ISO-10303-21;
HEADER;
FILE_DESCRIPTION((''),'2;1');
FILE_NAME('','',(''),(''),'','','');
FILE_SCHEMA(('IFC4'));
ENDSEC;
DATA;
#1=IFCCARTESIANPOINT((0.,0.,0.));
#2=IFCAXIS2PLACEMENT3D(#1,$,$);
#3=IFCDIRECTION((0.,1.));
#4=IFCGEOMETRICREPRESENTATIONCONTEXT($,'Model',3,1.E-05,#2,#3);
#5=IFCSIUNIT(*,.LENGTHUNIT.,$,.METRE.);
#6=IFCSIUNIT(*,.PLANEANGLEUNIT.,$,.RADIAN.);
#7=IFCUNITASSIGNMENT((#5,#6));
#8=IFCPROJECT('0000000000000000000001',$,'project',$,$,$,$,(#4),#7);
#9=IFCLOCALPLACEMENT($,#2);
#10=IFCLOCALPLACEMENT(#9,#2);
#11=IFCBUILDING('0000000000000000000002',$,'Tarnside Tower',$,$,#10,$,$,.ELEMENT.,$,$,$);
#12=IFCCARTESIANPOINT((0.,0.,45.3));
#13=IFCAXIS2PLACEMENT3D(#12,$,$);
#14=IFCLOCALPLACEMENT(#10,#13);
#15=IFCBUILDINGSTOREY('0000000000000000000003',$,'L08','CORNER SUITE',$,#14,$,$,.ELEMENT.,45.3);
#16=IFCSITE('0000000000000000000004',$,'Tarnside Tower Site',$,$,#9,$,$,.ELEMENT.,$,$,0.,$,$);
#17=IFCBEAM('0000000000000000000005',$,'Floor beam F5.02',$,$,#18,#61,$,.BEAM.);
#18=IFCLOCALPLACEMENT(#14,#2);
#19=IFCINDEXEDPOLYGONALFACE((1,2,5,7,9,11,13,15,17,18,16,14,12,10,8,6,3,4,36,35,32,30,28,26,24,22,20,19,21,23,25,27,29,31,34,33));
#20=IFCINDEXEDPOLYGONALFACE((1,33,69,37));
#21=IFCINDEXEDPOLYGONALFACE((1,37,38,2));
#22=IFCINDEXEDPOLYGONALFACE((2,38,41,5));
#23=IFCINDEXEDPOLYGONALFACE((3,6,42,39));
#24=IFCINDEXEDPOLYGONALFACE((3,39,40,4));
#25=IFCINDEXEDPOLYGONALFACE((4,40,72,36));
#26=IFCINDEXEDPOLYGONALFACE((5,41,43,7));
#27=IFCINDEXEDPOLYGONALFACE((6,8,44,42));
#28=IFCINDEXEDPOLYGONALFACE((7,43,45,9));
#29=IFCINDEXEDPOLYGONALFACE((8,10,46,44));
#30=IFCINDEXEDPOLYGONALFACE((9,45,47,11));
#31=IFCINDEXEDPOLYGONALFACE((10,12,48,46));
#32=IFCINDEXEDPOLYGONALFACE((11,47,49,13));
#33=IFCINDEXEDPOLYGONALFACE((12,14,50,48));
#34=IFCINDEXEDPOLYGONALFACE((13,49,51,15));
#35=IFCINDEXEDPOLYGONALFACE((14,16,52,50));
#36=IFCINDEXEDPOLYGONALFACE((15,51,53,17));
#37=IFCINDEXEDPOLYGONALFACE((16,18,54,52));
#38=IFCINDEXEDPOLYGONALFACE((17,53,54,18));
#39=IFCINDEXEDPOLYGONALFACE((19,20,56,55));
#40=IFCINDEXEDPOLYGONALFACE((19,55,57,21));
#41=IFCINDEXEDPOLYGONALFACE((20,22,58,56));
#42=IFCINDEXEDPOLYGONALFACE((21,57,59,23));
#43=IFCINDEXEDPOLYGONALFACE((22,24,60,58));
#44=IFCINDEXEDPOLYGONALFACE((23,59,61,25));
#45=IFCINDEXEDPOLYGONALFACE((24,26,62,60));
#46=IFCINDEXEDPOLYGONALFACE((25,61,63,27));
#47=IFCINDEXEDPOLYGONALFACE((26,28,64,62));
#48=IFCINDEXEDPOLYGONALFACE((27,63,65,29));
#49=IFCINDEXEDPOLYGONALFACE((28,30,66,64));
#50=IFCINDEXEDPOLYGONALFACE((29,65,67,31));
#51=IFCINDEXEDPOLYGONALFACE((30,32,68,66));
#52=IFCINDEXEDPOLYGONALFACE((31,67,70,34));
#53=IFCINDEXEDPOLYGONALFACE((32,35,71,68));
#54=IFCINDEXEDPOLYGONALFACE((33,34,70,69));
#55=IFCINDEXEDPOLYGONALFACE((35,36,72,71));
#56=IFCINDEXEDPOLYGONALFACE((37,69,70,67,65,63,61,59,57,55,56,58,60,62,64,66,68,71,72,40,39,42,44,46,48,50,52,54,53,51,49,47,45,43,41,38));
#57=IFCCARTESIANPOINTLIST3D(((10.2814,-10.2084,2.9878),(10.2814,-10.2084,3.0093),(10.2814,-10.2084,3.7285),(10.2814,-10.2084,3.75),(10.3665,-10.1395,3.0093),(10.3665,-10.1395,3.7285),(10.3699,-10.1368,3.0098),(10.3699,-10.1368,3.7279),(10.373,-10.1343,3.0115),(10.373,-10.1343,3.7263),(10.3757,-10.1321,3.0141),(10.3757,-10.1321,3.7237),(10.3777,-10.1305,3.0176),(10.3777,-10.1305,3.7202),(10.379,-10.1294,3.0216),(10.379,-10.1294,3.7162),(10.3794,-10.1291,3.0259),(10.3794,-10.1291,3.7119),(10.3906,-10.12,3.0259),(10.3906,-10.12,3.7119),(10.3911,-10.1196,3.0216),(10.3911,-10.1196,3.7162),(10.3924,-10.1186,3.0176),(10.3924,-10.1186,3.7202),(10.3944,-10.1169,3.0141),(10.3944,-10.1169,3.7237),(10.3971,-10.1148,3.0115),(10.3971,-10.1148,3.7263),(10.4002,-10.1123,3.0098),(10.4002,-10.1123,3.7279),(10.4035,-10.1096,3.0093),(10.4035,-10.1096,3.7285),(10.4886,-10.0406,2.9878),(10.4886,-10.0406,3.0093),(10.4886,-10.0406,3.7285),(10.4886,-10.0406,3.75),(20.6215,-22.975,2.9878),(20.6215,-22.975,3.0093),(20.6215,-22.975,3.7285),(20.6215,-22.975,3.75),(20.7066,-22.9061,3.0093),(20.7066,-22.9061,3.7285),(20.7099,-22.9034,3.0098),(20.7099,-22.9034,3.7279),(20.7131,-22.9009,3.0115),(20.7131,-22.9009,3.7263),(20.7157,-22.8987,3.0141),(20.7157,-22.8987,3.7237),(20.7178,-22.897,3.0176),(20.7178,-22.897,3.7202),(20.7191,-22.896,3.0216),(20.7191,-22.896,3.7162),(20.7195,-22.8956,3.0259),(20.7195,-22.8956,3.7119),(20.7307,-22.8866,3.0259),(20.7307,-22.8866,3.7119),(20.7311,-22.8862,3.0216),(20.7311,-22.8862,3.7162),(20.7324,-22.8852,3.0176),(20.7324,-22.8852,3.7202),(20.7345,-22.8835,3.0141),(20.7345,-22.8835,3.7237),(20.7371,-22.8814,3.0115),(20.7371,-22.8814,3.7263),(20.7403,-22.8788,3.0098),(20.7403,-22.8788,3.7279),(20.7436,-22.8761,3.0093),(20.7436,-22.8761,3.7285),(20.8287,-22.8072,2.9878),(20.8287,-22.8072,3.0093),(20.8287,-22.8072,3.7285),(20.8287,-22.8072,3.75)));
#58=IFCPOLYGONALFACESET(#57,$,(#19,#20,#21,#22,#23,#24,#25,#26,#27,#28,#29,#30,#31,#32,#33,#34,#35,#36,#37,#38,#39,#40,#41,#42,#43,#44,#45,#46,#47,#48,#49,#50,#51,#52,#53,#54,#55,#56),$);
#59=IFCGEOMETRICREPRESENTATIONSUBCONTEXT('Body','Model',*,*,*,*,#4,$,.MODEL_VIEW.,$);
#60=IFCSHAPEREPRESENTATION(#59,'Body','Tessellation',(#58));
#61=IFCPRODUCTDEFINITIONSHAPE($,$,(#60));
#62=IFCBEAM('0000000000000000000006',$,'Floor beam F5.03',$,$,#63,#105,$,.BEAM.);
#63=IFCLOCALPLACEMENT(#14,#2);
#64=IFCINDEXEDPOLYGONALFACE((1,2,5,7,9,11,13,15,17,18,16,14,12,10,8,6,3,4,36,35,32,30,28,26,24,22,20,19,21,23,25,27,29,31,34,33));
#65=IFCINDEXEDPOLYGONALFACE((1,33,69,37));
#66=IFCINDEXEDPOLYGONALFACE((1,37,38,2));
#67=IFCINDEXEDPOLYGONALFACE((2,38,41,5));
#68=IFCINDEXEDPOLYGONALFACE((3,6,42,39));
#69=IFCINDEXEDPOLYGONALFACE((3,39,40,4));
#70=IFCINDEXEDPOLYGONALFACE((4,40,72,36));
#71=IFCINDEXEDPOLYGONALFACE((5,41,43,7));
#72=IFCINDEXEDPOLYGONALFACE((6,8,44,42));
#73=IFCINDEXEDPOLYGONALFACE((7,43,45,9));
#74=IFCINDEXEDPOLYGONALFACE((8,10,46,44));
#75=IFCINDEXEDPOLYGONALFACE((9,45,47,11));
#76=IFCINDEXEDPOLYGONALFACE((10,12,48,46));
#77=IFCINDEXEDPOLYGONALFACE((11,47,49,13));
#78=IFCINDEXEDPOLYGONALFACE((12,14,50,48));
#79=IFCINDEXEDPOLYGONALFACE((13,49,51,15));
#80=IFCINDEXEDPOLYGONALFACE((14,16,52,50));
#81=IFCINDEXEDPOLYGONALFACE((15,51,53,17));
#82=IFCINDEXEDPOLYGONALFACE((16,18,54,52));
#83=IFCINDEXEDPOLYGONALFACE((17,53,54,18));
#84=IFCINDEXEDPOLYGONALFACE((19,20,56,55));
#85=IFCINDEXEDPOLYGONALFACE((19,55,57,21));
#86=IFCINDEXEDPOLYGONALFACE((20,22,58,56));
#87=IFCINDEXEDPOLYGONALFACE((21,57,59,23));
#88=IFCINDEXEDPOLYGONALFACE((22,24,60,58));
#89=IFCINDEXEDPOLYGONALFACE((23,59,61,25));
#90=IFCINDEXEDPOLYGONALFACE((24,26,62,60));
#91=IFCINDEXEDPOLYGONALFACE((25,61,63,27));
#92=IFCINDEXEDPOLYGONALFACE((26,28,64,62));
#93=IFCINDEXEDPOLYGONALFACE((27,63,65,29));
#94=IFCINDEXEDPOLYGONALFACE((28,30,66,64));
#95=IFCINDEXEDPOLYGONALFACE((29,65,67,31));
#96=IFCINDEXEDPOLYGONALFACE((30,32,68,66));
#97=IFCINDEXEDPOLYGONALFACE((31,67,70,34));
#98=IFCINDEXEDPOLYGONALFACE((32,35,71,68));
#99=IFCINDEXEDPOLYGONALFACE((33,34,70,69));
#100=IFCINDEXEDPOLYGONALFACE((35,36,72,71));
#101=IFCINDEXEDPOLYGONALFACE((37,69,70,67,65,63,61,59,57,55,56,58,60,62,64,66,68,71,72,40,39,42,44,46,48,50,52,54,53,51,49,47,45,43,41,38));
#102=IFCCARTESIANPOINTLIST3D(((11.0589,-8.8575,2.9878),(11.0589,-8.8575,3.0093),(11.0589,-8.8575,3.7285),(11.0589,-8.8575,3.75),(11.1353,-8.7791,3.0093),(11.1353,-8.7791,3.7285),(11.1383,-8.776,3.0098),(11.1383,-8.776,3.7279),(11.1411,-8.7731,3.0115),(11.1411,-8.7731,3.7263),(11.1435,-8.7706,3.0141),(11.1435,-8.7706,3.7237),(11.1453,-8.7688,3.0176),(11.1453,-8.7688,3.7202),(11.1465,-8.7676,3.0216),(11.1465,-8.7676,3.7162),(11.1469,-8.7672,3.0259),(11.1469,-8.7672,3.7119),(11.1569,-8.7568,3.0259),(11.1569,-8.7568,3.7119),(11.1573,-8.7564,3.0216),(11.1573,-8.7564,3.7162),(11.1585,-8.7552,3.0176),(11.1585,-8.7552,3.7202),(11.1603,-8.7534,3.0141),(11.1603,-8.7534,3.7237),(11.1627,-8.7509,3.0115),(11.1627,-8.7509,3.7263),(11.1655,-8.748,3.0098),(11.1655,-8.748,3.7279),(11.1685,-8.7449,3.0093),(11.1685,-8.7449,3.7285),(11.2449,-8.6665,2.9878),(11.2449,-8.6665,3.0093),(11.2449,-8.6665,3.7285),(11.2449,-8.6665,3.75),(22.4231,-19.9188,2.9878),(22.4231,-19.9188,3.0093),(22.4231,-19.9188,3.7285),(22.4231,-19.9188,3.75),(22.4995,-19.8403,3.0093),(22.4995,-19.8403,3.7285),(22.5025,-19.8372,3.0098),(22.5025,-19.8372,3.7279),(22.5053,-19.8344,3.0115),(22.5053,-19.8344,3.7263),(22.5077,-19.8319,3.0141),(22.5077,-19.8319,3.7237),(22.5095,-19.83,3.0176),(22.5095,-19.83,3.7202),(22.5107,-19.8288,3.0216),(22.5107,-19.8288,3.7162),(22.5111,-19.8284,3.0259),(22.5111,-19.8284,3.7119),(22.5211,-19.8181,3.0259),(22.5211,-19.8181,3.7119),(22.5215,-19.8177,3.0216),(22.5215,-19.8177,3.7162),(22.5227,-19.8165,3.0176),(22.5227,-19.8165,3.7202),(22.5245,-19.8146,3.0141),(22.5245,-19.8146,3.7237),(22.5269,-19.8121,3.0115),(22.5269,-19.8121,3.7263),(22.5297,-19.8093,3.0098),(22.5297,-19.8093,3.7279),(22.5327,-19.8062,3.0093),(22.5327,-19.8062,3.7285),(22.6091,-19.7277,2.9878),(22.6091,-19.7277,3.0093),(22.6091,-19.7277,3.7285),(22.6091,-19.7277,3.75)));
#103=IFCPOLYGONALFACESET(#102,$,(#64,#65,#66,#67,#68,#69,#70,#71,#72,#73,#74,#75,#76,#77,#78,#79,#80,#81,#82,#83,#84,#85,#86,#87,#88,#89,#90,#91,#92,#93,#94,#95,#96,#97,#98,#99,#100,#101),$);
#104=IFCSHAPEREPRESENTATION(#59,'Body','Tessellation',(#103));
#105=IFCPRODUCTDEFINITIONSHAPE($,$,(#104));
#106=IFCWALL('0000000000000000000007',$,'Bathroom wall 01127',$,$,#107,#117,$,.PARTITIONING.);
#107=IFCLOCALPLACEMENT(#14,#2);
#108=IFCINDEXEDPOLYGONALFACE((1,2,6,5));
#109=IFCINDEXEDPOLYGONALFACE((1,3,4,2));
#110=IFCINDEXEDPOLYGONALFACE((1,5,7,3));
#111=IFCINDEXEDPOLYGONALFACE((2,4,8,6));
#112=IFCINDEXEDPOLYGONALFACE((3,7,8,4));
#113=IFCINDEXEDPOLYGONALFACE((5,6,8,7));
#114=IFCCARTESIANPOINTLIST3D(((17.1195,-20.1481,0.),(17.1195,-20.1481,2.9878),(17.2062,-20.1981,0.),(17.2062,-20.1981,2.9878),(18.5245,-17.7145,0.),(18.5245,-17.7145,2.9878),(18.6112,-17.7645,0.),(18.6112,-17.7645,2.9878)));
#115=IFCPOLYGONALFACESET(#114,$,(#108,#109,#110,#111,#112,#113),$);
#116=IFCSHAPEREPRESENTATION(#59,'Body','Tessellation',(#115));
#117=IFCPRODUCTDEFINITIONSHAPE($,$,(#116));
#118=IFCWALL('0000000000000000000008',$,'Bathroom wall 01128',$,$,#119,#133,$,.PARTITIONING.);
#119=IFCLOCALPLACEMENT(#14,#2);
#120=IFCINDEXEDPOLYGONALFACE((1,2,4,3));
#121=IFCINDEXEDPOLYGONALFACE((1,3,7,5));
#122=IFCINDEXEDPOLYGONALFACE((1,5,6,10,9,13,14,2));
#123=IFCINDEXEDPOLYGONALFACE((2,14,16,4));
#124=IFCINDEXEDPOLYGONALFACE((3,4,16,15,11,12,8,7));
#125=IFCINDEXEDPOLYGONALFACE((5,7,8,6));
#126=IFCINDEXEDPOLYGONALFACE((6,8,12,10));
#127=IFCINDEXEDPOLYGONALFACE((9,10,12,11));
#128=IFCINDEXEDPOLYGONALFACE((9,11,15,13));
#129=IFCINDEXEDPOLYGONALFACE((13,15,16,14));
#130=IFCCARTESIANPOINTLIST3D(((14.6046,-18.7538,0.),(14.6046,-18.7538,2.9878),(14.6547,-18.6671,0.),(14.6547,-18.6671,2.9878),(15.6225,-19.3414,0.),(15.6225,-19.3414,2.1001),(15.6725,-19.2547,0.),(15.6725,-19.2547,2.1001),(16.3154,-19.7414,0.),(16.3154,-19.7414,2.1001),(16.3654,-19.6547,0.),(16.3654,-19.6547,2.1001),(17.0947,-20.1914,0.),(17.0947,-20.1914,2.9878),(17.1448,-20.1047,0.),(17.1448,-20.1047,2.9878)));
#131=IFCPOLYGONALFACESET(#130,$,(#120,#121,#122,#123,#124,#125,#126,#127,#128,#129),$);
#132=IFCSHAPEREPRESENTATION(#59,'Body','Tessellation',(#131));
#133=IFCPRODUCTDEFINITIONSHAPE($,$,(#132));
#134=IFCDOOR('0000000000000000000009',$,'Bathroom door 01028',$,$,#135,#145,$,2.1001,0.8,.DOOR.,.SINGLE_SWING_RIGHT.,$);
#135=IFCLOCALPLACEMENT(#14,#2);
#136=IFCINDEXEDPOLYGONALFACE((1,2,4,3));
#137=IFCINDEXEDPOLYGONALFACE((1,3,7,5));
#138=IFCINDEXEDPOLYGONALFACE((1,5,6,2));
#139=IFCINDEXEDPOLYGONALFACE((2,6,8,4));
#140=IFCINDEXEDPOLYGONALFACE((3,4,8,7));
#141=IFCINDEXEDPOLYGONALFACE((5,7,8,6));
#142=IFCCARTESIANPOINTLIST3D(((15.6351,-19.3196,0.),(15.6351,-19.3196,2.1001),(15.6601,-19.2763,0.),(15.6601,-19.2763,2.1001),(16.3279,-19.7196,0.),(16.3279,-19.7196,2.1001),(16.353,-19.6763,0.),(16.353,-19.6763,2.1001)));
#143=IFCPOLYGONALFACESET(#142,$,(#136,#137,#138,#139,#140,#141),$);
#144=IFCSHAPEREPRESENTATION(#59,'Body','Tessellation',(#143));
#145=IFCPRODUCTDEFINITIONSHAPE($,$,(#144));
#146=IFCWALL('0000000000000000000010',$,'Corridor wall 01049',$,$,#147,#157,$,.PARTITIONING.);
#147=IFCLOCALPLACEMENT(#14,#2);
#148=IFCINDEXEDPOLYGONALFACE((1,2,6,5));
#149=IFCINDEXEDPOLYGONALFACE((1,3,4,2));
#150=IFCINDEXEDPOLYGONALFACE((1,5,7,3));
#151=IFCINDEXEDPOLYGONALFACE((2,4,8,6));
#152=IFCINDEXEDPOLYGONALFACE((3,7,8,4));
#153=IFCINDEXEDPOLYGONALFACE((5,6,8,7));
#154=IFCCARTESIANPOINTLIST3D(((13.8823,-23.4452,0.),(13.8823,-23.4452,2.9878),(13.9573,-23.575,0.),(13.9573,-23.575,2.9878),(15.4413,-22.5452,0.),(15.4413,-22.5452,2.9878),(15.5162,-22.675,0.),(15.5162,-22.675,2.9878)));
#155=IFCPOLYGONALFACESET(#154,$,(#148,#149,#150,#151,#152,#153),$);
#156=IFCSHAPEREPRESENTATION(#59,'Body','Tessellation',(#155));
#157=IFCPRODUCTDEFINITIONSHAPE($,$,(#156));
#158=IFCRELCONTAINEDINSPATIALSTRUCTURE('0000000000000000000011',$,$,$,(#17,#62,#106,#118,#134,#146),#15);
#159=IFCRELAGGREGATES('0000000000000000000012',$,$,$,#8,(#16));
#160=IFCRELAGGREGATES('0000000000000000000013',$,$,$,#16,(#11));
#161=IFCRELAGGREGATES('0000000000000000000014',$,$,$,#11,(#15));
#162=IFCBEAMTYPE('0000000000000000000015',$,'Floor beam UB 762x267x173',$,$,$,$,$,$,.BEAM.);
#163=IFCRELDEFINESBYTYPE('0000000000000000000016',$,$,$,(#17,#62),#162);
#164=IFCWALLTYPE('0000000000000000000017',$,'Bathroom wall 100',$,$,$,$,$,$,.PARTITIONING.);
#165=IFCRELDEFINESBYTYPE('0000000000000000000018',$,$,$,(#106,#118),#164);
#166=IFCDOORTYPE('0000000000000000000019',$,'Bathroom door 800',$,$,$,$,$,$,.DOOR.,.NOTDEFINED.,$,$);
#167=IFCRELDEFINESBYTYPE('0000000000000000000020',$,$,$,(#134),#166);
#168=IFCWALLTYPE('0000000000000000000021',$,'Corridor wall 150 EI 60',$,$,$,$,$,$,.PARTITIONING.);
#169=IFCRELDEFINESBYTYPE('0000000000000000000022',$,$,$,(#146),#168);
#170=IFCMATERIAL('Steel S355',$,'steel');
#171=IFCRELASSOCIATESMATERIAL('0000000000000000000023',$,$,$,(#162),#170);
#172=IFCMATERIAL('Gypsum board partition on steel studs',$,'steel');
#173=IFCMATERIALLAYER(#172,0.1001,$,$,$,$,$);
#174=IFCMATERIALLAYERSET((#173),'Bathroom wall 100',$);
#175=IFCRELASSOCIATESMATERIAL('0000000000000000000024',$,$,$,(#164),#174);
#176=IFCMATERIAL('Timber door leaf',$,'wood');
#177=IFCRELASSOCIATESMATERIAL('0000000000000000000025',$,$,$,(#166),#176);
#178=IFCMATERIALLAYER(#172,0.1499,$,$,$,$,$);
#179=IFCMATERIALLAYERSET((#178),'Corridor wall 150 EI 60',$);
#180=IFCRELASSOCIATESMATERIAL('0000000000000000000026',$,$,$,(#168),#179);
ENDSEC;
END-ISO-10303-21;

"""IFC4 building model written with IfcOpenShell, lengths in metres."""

from ifc_helpers import new_model, si_unit, direction, frame, frame_2d, origin, origin_2d, place, context, subcontext, project, spatial, rectangle, i_section, extrude, material, layer, layer_set, material_profile, profile_set, type_object, element, fill, save


model = new_model("IFC4")

# Units and contexts
model_context = context("Model", 3, precision=1e-05, world=origin(), true_north=direction((0.0, 1.0)))
body_context = subcontext(model_context, "Body", "Model", "MODEL_VIEW")
ifc_project = project(units=[si_unit("LENGTHUNIT", "METRE"), si_unit("PLANEANGLEUNIT", "RADIAN")], contexts=[model_context])

# Site, building, storey
site_placement = place(None, origin())
site = spatial("IfcSite", under=ifc_project, at=site_placement, Name="Tarnside Tower Site", CompositionType="ELEMENT", RefElevation=0.0)
building_placement = place(site_placement, origin())
building = spatial("IfcBuilding", under=site, at=building_placement, Name="Tarnside Tower", CompositionType="ELEMENT")
storey_placement = place(building_placement, frame((0.0, 0.0, 45.3)))
storey = spatial("IfcBuildingStorey", under=building, at=storey_placement, Name="L08", Description="CORNER SUITE", CompositionType="ELEMENT", Elevation=45.3)

# Beams
ifc_material_1 = material(Name="Steel S355", Category="steel")
ifc_material_profile = material_profile(ifc_material_1, i_section(OverallWidth=0.2666, OverallDepth=0.7622, WebThickness=0.0144, FlangeThickness=0.0215, FilletRadius=0.0166, at=origin_2d()), Name="UB 762x267x173")
ifc_profile_set = profile_set([ifc_material_profile], Name="Steel S355")
beam_type = type_object("IfcBeamType", Name="Floor beam UB 762x267x173", PredefinedType="BEAM", material=ifc_profile_set)
beam_1_placement = place(storey_placement, frame((20.7251, -22.8911, 3.3689), z_axis=(-0.62939, 0.777089, 0.0), x_axis=(-0.777089, -0.62939, 0.0)))
element("IfcBeam", 1, at=beam_1_placement, inside=storey, type_object=beam_type, Name="Floor beam F5.02", PredefinedType="BEAM", context=body_context, shape_type="SweptSolid", body=[
    extrude(i_section(OverallWidth=0.2666, OverallDepth=0.7622, WebThickness=0.0144, FlangeThickness=0.0215, FilletRadius=0.0166, at=origin_2d()), origin(), (0.0, 0.0, 1.0), 16.4287),
])
beam_2_placement = place(storey_placement, frame((22.5161, -19.8232, 3.3689), z_axis=(-0.716595, 0.69749, 0.0), x_axis=(-0.69749, -0.716595, 0.0)))
element("IfcBeam", 2, at=beam_2_placement, inside=storey, type_object=beam_type, Name="Floor beam F5.03", PredefinedType="BEAM", context=body_context, shape_type="SweptSolid", body=[
    extrude(i_section(OverallWidth=0.2666, OverallDepth=0.7622, WebThickness=0.0144, FlangeThickness=0.0215, FilletRadius=0.0166, at=origin_2d()), origin(), (0.0, 0.0, 1.0), 15.8586),
])

# Wall
ifc_material_2 = material(Name="Gypsum board partition on steel studs", Category="steel")
ifc_layer_1 = layer(ifc_material_2, 0.1001)
ifc_layer_set_1 = layer_set([ifc_layer_1], Name="Bathroom wall 100")
wall_type_1 = type_object("IfcWallType", Name="Bathroom wall 100", PredefinedType="PARTITIONING", material=ifc_layer_set_1)
wall_1_placement = place(storey_placement, frame((18.5679, -17.7395, 0.0), z_axis=(0.0, 0.0, 1.0), x_axis=(-0.499998, -0.866026, 0.0)))
element("IfcWall", 3, at=wall_1_placement, inside=storey, type_object=wall_type_1, Name="Bathroom wall 01127", PredefinedType="PARTITIONING", context=body_context, shape_type="SweptSolid", body=[
    extrude(rectangle(XDim=2.8101, YDim=0.1001, at=frame_2d((1.405, 0.0))), origin(), (0.0, 0.0, 1.0), 2.9878),
])

# Wall, opening, door
wall_2_placement = place(storey_placement, frame((17.1196, -20.1479, 0.0), z_axis=(0.0, 0.0, 1.0), x_axis=(-0.86604, 0.499975, 0.0)))
wall_2 = element("IfcWall", 4, at=wall_2_placement, inside=storey, type_object=wall_type_1, Name="Bathroom wall 01128", PredefinedType="PARTITIONING", context=body_context, shape_type="SweptSolid", body=[
    extrude(rectangle(XDim=2.8752, YDim=0.1001, at=frame_2d((1.4375, 0.0))), origin(), (0.0, 0.0, 1.0), 2.9878),
])
opening_1_placement = place(wall_2_placement, frame((0.8999, 0.0, 0.0)))
opening_1 = element("IfcOpeningElement", 5, at=opening_1_placement, cuts=wall_2, PredefinedType="OPENING", context=body_context, shape_type="SweptSolid", body=[
    extrude(rectangle(XDim=0.8, YDim=2.1001, at=frame_2d((0.3999, 1.05))), frame((0.0, 0.0601, 0.0), z_axis=(0.0, -1.0, 0.0), x_axis=(1.0, 0.0, 0.0)), (0.0, 0.0, 1.0), 0.1201),
])
ifc_material_3 = material(Name="Timber door leaf", Category="wood")
door_type_1 = type_object("IfcDoorType", Name="Bathroom door 800", OperationType="NOTDEFINED", PredefinedType="DOOR", material=ifc_material_3)
door_1_placement = place(opening_1_placement, origin())
door_1 = element("IfcDoor", 6, at=door_1_placement, inside=storey, type_object=door_type_1, Name="Bathroom door 01028", OperationType="SINGLE_SWING_RIGHT", OverallHeight=2.1001, OverallWidth=0.8, PredefinedType="DOOR", context=body_context, shape_type="SweptSolid", body=[
    extrude(rectangle(XDim=0.8, YDim=2.1001, at=frame_2d((0.3999, 1.05))), frame((0.0, 0.0249, 0.0), z_axis=(0.0, -1.0, 0.0), x_axis=(1.0, 0.0, 0.0)), (0.0, 0.0, 1.0), 0.05),
])
fill(opening_1, door_1)

# Wall
ifc_layer_2 = layer(ifc_material_2, 0.1499)
ifc_layer_set_2 = layer_set([ifc_layer_2], Name="Corridor wall 150 EI 60")
wall_type_2 = type_object("IfcWallType", Name="Corridor wall 150 EI 60", PredefinedType="PARTITIONING", material=ifc_layer_set_2)
wall_3_placement = place(storey_placement, frame((13.9199, -23.51, 0.0), z_axis=(0.0, 0.0, 1.0), x_axis=(0.866048, 0.499961, 0.0)))
element("IfcWall", 7, at=wall_3_placement, inside=storey, type_object=wall_type_2, Name="Corridor wall 01049", PredefinedType="PARTITIONING", context=body_context, shape_type="SweptSolid", body=[
    extrude(rectangle(XDim=1.8, YDim=0.1499, at=frame_2d((0.8999, 0.0))), origin(), (0.0, 0.0, 1.0), 2.9878),
])

save(model, "model.ifc")
